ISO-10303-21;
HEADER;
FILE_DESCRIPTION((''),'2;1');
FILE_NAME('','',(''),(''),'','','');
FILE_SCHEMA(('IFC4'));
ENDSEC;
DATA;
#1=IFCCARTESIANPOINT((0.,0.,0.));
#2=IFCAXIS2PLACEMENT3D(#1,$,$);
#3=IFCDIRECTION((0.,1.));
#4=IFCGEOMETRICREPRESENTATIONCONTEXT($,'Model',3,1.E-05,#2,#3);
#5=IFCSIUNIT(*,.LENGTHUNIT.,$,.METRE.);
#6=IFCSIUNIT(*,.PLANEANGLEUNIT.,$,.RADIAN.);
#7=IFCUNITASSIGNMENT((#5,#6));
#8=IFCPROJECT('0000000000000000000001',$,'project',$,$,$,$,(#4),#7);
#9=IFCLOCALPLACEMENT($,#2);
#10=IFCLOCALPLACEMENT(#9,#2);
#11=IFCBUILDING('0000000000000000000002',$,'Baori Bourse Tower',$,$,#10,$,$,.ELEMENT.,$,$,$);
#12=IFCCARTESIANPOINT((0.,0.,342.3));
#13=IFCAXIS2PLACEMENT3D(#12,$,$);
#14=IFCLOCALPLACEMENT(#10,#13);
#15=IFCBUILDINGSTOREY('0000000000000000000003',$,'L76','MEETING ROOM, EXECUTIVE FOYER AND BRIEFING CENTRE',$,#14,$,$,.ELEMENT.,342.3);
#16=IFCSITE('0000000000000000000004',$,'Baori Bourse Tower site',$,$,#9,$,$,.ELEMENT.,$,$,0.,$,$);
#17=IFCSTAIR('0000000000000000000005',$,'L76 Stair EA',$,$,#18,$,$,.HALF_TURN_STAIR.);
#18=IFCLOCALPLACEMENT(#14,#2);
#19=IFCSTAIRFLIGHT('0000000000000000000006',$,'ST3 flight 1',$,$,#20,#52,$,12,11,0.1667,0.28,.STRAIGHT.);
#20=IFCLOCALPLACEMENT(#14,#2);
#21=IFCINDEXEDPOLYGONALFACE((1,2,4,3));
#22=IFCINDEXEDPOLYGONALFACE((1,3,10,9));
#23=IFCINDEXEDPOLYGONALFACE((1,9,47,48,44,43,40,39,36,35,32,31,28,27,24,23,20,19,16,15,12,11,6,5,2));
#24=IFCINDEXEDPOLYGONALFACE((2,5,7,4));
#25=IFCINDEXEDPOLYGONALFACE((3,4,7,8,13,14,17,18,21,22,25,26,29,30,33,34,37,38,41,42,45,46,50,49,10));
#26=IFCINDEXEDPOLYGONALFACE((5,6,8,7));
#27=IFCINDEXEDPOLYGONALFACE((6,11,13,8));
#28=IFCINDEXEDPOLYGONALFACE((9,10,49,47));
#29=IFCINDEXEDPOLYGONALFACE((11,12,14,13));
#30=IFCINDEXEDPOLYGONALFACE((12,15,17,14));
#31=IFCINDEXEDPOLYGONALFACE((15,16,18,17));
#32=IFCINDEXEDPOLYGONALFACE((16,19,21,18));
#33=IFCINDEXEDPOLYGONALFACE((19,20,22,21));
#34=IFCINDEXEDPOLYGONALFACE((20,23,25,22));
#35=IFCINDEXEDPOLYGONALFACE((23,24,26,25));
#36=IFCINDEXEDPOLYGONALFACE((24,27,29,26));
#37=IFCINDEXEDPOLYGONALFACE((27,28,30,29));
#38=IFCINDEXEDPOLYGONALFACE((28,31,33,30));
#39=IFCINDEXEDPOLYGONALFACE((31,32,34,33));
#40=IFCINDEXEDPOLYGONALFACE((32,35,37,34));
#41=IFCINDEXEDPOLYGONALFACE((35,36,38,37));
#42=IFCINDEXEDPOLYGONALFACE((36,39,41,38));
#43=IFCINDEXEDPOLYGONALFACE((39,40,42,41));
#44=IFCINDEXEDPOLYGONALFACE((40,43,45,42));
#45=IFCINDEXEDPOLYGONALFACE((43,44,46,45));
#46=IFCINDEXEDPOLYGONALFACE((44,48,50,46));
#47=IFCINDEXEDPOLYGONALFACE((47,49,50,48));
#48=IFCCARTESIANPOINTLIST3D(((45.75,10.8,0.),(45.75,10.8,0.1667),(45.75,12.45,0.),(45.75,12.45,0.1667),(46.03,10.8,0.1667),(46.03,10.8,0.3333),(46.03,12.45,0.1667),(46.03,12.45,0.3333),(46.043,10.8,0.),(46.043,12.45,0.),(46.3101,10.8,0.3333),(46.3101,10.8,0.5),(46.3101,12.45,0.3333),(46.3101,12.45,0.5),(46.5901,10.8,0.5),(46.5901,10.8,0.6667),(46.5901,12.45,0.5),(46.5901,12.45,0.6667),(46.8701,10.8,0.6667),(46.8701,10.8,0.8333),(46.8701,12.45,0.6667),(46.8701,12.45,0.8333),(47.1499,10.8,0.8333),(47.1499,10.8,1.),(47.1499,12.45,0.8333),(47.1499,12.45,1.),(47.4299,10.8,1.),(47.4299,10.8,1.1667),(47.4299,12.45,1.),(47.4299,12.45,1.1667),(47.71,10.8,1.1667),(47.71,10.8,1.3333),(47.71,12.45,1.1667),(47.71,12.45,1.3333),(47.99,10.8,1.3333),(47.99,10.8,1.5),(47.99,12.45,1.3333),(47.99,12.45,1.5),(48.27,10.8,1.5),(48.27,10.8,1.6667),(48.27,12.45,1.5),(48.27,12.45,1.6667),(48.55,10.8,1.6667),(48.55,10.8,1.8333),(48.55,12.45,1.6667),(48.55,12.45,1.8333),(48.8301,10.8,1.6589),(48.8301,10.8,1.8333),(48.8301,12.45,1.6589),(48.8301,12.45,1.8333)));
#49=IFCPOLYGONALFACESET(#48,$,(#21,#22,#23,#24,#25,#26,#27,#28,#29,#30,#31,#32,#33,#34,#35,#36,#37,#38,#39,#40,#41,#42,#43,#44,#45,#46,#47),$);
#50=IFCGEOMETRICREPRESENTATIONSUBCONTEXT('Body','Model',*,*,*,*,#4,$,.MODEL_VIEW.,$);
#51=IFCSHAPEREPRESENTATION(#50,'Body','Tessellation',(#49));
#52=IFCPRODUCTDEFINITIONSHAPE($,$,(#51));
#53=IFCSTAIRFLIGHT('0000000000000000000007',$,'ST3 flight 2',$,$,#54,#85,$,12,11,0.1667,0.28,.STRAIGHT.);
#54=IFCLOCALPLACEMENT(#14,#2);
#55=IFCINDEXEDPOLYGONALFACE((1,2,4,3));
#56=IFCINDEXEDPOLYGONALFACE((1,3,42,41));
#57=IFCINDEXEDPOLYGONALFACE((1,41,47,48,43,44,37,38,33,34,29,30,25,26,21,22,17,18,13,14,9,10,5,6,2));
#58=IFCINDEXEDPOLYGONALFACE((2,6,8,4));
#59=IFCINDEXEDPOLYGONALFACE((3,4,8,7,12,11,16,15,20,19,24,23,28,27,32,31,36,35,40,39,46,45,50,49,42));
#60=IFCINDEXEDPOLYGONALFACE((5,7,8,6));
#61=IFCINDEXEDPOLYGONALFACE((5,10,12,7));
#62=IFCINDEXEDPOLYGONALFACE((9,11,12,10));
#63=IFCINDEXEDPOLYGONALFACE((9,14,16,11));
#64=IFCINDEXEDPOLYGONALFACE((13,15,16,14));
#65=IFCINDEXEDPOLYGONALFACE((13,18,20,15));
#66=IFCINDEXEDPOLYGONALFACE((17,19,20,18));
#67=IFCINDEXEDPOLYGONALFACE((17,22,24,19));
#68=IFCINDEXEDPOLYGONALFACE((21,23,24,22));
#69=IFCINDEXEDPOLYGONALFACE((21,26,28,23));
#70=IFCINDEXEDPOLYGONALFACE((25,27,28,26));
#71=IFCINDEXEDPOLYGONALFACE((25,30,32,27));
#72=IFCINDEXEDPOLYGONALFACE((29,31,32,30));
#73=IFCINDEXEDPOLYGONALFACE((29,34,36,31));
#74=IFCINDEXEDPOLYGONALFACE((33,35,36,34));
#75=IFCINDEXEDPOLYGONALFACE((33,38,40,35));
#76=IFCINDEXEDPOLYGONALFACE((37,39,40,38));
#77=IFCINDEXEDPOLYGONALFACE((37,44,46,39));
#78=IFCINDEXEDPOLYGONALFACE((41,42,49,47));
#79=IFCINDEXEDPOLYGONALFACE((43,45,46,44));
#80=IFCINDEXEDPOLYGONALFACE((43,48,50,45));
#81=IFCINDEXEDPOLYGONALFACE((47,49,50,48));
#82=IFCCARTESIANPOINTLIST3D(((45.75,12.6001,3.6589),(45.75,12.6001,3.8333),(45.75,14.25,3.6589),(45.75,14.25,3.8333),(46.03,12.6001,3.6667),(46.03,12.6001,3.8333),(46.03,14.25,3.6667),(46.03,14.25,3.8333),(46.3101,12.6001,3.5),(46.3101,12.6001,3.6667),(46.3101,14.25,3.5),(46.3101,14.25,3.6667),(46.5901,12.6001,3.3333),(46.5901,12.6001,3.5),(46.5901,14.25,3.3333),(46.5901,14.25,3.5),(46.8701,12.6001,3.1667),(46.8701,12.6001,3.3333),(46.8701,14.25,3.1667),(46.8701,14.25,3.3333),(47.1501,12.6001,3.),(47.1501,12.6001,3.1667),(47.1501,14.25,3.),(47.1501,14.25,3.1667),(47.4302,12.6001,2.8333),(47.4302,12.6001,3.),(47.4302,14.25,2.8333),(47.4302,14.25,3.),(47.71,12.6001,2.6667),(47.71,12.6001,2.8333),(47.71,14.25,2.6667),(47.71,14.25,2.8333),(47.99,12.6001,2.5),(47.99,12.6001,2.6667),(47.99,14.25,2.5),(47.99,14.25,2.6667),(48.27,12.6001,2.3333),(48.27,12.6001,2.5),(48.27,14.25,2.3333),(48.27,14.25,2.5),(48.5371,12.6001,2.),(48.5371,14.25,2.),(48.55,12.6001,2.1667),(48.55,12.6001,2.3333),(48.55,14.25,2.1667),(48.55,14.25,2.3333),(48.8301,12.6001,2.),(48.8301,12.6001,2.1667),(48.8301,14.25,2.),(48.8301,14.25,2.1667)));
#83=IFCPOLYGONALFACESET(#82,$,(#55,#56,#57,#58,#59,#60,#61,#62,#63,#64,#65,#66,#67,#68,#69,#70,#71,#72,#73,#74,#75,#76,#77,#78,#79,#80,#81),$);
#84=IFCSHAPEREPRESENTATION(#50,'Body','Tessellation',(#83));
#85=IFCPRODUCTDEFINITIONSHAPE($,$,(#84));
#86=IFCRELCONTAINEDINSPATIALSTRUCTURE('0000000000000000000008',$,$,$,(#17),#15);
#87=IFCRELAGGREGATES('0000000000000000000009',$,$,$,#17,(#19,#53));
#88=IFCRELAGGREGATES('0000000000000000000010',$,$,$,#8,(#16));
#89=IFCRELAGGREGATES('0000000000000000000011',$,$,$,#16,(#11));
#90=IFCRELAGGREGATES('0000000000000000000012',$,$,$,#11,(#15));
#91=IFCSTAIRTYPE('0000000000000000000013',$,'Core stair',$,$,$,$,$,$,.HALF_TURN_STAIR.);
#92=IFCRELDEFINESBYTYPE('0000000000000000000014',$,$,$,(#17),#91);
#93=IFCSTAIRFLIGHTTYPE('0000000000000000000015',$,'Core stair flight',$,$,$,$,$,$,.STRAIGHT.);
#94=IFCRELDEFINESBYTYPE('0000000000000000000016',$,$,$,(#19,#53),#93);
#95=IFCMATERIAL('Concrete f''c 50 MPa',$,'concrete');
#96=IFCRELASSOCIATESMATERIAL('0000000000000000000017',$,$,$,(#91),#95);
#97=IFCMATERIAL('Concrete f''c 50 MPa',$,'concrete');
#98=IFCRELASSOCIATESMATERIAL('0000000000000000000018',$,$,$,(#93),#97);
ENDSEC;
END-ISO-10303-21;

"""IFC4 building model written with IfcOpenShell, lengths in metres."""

from ifc_helpers import new_model, si_unit, direction, frame, origin, place, context, subcontext, project, spatial, polyline, outline, extrude, material, type_object, element, aggregate, save


model = new_model("IFC4")

# Units and contexts
model_context = context("Model", 3, precision=1e-05, world=origin(), true_north=direction((0.0, 1.0)))
body_context = subcontext(model_context, "Body", "Model", "MODEL_VIEW")
ifc_project = project(units=[si_unit("LENGTHUNIT", "METRE"), si_unit("PLANEANGLEUNIT", "RADIAN")], contexts=[model_context])

# Site, building, storey
site_placement = place(None, origin())
site = spatial("IfcSite", under=ifc_project, at=site_placement, Name="Baori Bourse Tower site", CompositionType="ELEMENT", RefElevation=0.0)
building_placement = place(site_placement, origin())
building = spatial("IfcBuilding", under=site, at=building_placement, Name="Baori Bourse Tower", CompositionType="ELEMENT")
storey_placement = place(building_placement, frame((0.0, 0.0, 342.3)))
storey = spatial("IfcBuildingStorey", under=building, at=storey_placement, Name="L76", Description="MEETING ROOM, EXECUTIVE FOYER AND BRIEFING CENTRE", CompositionType="ELEMENT", Elevation=342.3)

# Stair, stair flights
ifc_material_1 = material(Name="Concrete f'c 50 MPa", Category="concrete")
stair_type = type_object("IfcStairType", Name="Core stair", PredefinedType="HALF_TURN_STAIR", material=ifc_material_1)
stair_placement = place(storey_placement, origin())
stair = element("IfcStair", 1, at=stair_placement, inside=storey, type_object=stair_type, Name="L76 Stair EA", PredefinedType="HALF_TURN_STAIR")
ifc_material_2 = material(Name="Concrete f'c 50 MPa", Category="concrete")
stair_flight_type = type_object("IfcStairFlightType", Name="Core stair flight", PredefinedType="STRAIGHT", material=ifc_material_2)
stair_flight_1_placement = place(storey_placement, frame((45.75, 11.625, 0.0), z_axis=(0.0, 0.0, 1.0), x_axis=(1.0, 0.0, 0.0)))
stair_flight_1 = element("IfcStairFlight", 2, at=stair_flight_1_placement, type_object=stair_flight_type, Name="ST3 flight 1", NumberOfRisers=12, NumberOfTreads=11, PredefinedType="STRAIGHT", RiserHeight=0.1667, TreadLength=0.28, context=body_context, shape_type="SweptSolid", body=[
    extrude(outline(polyline([(0.0, 0.0), (0.0, 0.1667), (0.28, 0.1667), (0.28, 0.3333), (0.5601, 0.3333), (0.5601, 0.5), (0.8401, 0.5), (0.8401, 0.6667), (1.1201, 0.6667), (1.1201, 0.8333), (1.3999, 0.8333), (1.3999, 1.0), (1.6799, 1.0), (1.6799, 1.1667), (1.96, 1.1667), (1.96, 1.3333), (2.24, 1.3333), (2.24, 1.5), (2.52, 1.5), (2.52, 1.6667), (2.8, 1.6667), (2.8, 1.8333), (3.0801, 1.8333), (3.0801, 2.0), (3.0801, 1.6589), (0.293, 0.0), (0.0, 0.0)])), frame((0.0, 0.825, 0.0), z_axis=(0.0, -1.0, 0.0), x_axis=(1.0, 0.0, 0.0)), (0.0, 0.0, 1.0), 1.6499),
])
stair_flight_2_placement = place(storey_placement, frame((48.8301, 13.425, 2.0), z_axis=(0.0, 0.0, 1.0), x_axis=(-1.0, 0.0, 0.0)))
stair_flight_2 = element("IfcStairFlight", 3, at=stair_flight_2_placement, type_object=stair_flight_type, Name="ST3 flight 2", NumberOfRisers=12, NumberOfTreads=11, PredefinedType="STRAIGHT", RiserHeight=0.1667, TreadLength=0.28, context=body_context, shape_type="SweptSolid", body=[
    extrude(outline(polyline([(0.0, 0.0), (0.0, 0.1667), (0.28, 0.1667), (0.28, 0.3333), (0.5601, 0.3333), (0.5601, 0.5), (0.8401, 0.5), (0.8401, 0.6667), (1.1201, 0.6667), (1.1201, 0.8333), (1.3999, 0.8333), (1.3999, 1.0), (1.6799, 1.0), (1.6799, 1.1667), (1.96, 1.1667), (1.96, 1.3333), (2.24, 1.3333), (2.24, 1.5), (2.52, 1.5), (2.52, 1.6667), (2.8, 1.6667), (2.8, 1.8333), (3.0801, 1.8333), (3.0801, 2.0), (3.0801, 1.6589), (0.293, 0.0), (0.0, 0.0)])), frame((0.0, 0.825, 0.0), z_axis=(0.0, -1.0, 0.0), x_axis=(1.0, 0.0, 0.0)), (0.0, 0.0, 1.0), 1.6499),
])
aggregate(stair, [stair_flight_1, stair_flight_2])

save(model, "model.ifc")
